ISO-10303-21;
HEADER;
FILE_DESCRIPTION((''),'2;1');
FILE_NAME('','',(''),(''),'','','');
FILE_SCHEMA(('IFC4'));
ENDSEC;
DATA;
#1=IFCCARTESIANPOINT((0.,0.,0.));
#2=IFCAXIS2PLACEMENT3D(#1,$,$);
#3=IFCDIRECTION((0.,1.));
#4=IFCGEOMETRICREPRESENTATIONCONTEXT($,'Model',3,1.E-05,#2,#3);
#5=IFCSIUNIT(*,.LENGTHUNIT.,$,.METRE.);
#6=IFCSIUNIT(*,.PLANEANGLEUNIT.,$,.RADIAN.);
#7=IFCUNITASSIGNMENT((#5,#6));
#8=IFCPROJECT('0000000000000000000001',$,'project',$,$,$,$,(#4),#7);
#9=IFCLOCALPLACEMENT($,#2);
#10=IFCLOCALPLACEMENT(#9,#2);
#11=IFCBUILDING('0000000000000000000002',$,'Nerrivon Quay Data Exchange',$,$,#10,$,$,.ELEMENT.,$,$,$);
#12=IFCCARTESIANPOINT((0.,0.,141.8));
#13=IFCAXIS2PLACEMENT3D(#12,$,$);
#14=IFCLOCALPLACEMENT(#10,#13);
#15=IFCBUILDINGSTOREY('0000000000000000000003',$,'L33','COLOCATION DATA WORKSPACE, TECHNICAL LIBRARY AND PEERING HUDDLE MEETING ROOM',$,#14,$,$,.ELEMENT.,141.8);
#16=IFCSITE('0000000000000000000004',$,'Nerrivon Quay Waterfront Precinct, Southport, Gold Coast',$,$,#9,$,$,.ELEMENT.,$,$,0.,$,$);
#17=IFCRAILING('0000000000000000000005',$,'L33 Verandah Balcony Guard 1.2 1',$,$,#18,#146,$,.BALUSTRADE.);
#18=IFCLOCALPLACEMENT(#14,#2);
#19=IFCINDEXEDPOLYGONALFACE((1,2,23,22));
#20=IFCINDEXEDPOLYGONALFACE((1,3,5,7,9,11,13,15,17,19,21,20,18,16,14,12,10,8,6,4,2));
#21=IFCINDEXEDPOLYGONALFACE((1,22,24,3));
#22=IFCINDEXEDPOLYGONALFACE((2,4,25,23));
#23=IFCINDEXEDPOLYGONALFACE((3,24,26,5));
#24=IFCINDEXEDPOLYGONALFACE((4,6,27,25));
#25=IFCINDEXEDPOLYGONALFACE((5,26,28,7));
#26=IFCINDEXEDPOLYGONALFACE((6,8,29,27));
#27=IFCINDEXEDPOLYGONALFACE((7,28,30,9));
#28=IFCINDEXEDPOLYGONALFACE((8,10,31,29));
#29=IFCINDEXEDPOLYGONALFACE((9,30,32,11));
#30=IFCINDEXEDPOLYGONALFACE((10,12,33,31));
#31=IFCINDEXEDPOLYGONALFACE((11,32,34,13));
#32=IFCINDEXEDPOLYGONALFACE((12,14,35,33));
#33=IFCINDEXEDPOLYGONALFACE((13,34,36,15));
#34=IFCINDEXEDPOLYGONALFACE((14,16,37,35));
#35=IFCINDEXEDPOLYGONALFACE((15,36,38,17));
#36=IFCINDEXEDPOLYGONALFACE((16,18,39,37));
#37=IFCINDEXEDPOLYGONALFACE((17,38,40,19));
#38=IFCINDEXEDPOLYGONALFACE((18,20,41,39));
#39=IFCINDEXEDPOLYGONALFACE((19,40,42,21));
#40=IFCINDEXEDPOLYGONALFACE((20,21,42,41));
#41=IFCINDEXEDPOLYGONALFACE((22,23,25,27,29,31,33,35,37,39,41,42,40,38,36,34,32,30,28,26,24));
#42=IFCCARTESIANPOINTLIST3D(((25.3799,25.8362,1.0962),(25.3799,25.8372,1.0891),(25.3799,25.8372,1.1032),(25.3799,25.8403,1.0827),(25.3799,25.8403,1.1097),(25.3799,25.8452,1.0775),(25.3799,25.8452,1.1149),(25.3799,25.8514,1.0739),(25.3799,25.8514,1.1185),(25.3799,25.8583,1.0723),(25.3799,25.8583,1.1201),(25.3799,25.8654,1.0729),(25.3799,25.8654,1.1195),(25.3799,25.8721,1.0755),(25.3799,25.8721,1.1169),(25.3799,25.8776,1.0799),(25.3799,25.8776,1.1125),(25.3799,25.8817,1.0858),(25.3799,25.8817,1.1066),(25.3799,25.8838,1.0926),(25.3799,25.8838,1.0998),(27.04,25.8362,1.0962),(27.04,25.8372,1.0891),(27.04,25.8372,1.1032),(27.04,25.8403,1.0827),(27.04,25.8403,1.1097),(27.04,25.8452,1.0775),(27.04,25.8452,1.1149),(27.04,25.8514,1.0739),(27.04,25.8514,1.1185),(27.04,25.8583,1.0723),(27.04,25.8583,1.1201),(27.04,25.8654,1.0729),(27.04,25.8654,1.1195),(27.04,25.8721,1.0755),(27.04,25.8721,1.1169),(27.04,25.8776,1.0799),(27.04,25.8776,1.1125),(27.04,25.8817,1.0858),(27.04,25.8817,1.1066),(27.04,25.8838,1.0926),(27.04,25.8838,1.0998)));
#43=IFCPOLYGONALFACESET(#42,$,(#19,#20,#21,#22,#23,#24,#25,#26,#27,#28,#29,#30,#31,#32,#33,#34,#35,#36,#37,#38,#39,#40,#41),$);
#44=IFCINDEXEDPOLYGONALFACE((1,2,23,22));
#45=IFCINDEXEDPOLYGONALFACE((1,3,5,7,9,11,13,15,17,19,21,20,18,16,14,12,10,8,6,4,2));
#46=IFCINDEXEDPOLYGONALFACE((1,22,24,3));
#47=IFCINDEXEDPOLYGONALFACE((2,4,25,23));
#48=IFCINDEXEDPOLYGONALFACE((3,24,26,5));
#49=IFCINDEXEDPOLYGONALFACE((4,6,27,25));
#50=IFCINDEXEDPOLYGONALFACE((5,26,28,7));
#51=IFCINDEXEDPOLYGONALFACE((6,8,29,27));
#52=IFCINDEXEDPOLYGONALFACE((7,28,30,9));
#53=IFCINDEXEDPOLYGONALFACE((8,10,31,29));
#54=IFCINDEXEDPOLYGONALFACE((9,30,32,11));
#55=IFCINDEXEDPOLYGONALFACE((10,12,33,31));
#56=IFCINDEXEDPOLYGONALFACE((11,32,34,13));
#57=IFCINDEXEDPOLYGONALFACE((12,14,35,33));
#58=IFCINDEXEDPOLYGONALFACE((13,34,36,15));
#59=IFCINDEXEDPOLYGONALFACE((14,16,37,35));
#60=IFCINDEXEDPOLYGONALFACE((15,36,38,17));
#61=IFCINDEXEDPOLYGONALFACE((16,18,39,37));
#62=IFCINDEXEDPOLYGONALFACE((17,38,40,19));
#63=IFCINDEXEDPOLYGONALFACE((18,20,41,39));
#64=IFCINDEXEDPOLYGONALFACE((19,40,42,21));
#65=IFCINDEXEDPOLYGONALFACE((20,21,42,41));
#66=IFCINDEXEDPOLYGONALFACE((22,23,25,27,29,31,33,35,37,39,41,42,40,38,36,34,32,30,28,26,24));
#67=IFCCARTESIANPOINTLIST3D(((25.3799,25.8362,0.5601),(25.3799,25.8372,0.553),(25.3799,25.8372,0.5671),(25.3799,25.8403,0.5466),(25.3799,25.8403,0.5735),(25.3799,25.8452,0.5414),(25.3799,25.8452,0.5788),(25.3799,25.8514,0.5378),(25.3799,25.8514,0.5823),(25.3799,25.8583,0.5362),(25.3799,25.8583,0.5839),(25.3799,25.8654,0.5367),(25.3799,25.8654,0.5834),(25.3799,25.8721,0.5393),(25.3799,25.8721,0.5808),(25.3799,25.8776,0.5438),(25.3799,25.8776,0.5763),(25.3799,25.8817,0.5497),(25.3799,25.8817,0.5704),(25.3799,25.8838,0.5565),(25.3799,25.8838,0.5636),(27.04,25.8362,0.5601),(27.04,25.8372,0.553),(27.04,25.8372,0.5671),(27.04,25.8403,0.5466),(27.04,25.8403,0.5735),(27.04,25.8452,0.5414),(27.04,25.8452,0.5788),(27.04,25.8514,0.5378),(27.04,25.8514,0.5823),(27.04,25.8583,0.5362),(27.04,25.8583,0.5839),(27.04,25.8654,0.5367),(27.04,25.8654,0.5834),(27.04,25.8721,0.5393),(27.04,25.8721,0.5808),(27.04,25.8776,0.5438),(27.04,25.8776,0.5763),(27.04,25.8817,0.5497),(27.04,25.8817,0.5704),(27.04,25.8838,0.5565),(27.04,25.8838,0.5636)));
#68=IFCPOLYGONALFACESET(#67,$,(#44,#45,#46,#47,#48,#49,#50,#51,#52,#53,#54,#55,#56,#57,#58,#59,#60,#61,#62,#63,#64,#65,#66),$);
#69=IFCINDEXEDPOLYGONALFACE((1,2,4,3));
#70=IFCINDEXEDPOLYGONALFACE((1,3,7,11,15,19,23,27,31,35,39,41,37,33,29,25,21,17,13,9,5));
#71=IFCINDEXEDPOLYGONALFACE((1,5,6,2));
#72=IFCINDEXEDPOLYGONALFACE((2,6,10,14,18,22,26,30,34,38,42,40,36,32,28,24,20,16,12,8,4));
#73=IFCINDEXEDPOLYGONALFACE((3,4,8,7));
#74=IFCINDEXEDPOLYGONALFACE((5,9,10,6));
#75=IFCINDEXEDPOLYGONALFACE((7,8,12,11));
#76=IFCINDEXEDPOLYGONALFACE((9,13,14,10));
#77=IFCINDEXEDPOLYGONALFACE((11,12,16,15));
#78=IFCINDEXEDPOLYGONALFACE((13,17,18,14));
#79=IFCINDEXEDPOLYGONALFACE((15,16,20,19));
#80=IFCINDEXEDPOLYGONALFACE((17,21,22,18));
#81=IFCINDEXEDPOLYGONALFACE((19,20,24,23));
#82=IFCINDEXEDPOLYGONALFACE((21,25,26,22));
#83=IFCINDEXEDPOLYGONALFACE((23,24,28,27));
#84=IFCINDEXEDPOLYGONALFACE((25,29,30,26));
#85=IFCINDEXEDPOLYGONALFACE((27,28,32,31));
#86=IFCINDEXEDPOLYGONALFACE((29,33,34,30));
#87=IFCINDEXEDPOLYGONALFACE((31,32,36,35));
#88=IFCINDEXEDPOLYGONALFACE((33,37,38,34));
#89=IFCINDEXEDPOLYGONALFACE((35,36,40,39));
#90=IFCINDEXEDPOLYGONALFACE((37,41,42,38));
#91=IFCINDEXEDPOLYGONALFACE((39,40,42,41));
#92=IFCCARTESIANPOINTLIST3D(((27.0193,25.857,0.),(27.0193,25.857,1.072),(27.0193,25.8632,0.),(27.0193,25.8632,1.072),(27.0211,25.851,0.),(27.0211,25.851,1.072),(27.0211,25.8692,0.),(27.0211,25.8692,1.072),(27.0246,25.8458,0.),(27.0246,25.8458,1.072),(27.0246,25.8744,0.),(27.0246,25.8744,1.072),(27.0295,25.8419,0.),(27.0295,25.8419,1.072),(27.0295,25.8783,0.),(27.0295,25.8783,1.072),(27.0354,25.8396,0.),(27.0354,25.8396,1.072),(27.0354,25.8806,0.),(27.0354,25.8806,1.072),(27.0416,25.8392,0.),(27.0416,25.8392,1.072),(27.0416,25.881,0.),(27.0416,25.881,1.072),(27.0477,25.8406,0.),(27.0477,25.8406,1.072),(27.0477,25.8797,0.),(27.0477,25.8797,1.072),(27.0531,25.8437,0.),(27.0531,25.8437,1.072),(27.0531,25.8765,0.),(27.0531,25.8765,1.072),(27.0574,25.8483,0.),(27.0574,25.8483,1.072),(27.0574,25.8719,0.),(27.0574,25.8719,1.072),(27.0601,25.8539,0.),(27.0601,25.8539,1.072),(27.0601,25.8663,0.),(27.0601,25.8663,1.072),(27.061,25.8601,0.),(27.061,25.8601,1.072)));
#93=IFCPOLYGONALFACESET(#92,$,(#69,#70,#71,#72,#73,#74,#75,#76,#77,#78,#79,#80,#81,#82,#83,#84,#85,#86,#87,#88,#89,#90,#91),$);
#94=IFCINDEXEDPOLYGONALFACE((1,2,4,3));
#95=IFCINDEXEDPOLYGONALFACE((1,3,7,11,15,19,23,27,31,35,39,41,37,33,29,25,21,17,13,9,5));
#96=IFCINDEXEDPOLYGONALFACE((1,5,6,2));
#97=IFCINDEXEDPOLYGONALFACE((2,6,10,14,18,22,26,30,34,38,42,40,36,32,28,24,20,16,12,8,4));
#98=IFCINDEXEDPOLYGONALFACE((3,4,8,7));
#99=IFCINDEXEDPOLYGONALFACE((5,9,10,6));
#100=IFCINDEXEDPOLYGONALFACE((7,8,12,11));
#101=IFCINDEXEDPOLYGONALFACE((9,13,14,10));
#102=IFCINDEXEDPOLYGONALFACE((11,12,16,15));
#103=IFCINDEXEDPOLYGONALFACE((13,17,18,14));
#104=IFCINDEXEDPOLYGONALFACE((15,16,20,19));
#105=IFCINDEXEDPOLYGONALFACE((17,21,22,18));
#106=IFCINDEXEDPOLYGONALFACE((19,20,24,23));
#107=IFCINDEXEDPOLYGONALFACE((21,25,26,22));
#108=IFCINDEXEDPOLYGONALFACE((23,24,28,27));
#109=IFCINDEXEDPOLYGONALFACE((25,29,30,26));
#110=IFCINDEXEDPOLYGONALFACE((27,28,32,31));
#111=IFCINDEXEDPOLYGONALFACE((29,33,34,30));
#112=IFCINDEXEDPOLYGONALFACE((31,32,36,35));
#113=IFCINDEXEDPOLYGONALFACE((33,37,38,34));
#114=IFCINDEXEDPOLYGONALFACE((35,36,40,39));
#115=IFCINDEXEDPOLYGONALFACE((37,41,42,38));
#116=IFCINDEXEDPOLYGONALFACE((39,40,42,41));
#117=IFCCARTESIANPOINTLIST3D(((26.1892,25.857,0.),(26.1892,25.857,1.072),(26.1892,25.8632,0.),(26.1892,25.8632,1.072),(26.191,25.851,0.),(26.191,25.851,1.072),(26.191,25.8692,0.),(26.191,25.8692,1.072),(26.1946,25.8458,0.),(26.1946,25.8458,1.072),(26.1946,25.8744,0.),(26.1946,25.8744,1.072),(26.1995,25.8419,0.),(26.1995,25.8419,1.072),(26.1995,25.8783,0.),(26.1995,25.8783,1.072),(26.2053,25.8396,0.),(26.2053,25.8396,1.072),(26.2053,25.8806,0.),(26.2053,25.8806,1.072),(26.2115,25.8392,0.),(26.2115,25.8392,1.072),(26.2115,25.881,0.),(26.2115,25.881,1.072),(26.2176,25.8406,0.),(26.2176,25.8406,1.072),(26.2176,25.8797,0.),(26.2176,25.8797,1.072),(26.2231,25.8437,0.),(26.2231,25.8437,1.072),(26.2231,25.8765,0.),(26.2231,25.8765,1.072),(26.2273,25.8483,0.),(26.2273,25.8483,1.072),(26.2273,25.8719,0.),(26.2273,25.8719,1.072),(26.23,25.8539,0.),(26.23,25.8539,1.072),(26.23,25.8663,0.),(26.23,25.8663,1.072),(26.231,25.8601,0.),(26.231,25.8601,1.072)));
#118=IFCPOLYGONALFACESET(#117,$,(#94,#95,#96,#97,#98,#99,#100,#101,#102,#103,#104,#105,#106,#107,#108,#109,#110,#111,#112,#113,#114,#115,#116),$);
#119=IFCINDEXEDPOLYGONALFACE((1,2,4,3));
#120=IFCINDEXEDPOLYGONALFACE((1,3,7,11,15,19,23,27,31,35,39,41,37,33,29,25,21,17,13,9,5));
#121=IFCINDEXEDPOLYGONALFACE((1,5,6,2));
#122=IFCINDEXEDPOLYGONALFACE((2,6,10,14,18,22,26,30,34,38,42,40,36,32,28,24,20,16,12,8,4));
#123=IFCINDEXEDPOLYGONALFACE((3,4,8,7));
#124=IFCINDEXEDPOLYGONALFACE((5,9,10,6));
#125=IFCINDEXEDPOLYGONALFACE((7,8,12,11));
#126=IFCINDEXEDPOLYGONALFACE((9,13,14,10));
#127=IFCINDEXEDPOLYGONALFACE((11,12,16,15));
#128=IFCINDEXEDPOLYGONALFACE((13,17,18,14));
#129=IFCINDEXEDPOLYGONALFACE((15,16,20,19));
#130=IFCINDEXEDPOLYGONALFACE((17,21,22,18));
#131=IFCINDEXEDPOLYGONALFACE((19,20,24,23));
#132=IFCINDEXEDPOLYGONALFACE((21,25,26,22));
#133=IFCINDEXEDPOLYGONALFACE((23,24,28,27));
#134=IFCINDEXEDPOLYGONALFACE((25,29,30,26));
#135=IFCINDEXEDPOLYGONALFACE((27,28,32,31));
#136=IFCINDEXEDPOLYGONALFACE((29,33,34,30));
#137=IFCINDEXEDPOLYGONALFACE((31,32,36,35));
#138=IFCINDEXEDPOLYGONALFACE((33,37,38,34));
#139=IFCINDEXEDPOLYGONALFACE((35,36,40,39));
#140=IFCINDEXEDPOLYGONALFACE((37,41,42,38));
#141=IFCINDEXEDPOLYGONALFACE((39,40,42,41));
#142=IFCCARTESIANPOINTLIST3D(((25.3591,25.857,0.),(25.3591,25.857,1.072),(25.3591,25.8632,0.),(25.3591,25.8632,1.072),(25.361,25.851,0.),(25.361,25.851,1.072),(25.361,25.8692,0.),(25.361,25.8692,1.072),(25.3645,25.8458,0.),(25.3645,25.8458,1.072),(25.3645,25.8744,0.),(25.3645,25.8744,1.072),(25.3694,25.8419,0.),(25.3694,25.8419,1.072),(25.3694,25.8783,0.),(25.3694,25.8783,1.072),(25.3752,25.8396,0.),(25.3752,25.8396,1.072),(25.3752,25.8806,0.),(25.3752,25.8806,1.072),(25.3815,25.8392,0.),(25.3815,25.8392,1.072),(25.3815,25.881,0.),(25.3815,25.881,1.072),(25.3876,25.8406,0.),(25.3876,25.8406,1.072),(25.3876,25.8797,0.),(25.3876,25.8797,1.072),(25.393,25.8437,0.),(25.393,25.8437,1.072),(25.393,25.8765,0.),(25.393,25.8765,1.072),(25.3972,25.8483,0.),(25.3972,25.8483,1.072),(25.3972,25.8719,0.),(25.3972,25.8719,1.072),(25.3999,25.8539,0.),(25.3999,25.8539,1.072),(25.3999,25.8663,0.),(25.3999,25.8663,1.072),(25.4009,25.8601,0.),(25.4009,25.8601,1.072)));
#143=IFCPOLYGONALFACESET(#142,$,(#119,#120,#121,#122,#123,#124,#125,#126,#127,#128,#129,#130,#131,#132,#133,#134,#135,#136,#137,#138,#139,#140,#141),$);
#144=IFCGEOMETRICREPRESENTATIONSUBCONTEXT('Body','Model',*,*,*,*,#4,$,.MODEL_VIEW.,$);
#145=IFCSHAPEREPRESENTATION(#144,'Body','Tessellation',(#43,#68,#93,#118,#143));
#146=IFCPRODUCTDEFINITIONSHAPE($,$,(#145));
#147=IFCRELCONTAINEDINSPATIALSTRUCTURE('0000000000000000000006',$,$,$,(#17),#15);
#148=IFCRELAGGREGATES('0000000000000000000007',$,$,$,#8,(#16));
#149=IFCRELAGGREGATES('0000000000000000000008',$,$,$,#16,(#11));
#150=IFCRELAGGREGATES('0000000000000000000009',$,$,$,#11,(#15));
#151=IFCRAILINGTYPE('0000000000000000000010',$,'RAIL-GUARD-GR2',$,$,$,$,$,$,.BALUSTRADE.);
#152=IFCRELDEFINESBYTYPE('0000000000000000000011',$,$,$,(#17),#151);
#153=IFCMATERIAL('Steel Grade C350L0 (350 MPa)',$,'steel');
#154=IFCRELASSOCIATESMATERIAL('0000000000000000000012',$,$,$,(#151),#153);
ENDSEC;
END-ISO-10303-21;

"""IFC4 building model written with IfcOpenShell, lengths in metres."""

from ifc_helpers import new_model, si_unit, direction, frame, origin, origin_2d, place, context, subcontext, project, spatial, circle, extrude, material, type_object, element, save


model = new_model("IFC4")

# Units and contexts
model_context = context("Model", 3, precision=1e-05, world=origin(), true_north=direction((0.0, 1.0)))
body_context = subcontext(model_context, "Body", "Model", "MODEL_VIEW")
ifc_project = project(units=[si_unit("LENGTHUNIT", "METRE"), si_unit("PLANEANGLEUNIT", "RADIAN")], contexts=[model_context])

# Site, building, storey
site_placement = place(None, origin())
site = spatial("IfcSite", under=ifc_project, at=site_placement, Name="Nerrivon Quay Waterfront Precinct, Southport, Gold Coast", CompositionType="ELEMENT", RefElevation=0.0)
building_placement = place(site_placement, origin())
building = spatial("IfcBuilding", under=site, at=building_placement, Name="Nerrivon Quay Data Exchange", CompositionType="ELEMENT")
storey_placement = place(building_placement, frame((0.0, 0.0, 141.8)))
storey = spatial("IfcBuildingStorey", under=building, at=storey_placement, Name="L33", Description="COLOCATION DATA WORKSPACE, TECHNICAL LIBRARY AND PEERING HUDDLE MEETING ROOM", CompositionType="ELEMENT", Elevation=141.8)

# Railing
ifc_material_1 = material(Name="Steel Grade C350L0 (350 MPa)", Category="steel")
railing_type = type_object("IfcRailingType", Name="RAIL-GUARD-GR2", PredefinedType="BALUSTRADE", material=ifc_material_1)
railing_1_placement = place(storey_placement, frame((27.04, 25.8601, 0.0)))
element("IfcRailing", 1, at=railing_1_placement, inside=storey, type_object=railing_type, Name="L33 Verandah Balcony Guard 1.2 1", PredefinedType="BALUSTRADE", context=body_context, shape_type="SweptSolid", body=[
    extrude(circle(Radius=0.0239, at=origin_2d()), frame((0.0, 0.0, 1.0962), z_axis=(-1.0, 0.0, 0.0), x_axis=(0.0, -1.0, 0.0)), (0.0, 0.0, 1.0), 1.6602),
    extrude(circle(Radius=0.0239, at=origin_2d()), frame((0.0, 0.0, 0.5601), z_axis=(-1.0, 0.0, 0.0), x_axis=(0.0, -1.0, 0.0)), (0.0, 0.0, 1.0), 1.6602),
    extrude(circle(Radius=0.021, at=origin_2d()), origin(), (0.0, 0.0, 1.0), 1.072),
    extrude(circle(Radius=0.021, at=origin_2d()), frame((-0.8301, 0.0, 0.0)), (0.0, 0.0, 1.0), 1.072),
    extrude(circle(Radius=0.021, at=origin_2d()), frame((-1.6602, 0.0, 0.0)), (0.0, 0.0, 1.0), 1.072),
])

save(model, "model.ifc")
